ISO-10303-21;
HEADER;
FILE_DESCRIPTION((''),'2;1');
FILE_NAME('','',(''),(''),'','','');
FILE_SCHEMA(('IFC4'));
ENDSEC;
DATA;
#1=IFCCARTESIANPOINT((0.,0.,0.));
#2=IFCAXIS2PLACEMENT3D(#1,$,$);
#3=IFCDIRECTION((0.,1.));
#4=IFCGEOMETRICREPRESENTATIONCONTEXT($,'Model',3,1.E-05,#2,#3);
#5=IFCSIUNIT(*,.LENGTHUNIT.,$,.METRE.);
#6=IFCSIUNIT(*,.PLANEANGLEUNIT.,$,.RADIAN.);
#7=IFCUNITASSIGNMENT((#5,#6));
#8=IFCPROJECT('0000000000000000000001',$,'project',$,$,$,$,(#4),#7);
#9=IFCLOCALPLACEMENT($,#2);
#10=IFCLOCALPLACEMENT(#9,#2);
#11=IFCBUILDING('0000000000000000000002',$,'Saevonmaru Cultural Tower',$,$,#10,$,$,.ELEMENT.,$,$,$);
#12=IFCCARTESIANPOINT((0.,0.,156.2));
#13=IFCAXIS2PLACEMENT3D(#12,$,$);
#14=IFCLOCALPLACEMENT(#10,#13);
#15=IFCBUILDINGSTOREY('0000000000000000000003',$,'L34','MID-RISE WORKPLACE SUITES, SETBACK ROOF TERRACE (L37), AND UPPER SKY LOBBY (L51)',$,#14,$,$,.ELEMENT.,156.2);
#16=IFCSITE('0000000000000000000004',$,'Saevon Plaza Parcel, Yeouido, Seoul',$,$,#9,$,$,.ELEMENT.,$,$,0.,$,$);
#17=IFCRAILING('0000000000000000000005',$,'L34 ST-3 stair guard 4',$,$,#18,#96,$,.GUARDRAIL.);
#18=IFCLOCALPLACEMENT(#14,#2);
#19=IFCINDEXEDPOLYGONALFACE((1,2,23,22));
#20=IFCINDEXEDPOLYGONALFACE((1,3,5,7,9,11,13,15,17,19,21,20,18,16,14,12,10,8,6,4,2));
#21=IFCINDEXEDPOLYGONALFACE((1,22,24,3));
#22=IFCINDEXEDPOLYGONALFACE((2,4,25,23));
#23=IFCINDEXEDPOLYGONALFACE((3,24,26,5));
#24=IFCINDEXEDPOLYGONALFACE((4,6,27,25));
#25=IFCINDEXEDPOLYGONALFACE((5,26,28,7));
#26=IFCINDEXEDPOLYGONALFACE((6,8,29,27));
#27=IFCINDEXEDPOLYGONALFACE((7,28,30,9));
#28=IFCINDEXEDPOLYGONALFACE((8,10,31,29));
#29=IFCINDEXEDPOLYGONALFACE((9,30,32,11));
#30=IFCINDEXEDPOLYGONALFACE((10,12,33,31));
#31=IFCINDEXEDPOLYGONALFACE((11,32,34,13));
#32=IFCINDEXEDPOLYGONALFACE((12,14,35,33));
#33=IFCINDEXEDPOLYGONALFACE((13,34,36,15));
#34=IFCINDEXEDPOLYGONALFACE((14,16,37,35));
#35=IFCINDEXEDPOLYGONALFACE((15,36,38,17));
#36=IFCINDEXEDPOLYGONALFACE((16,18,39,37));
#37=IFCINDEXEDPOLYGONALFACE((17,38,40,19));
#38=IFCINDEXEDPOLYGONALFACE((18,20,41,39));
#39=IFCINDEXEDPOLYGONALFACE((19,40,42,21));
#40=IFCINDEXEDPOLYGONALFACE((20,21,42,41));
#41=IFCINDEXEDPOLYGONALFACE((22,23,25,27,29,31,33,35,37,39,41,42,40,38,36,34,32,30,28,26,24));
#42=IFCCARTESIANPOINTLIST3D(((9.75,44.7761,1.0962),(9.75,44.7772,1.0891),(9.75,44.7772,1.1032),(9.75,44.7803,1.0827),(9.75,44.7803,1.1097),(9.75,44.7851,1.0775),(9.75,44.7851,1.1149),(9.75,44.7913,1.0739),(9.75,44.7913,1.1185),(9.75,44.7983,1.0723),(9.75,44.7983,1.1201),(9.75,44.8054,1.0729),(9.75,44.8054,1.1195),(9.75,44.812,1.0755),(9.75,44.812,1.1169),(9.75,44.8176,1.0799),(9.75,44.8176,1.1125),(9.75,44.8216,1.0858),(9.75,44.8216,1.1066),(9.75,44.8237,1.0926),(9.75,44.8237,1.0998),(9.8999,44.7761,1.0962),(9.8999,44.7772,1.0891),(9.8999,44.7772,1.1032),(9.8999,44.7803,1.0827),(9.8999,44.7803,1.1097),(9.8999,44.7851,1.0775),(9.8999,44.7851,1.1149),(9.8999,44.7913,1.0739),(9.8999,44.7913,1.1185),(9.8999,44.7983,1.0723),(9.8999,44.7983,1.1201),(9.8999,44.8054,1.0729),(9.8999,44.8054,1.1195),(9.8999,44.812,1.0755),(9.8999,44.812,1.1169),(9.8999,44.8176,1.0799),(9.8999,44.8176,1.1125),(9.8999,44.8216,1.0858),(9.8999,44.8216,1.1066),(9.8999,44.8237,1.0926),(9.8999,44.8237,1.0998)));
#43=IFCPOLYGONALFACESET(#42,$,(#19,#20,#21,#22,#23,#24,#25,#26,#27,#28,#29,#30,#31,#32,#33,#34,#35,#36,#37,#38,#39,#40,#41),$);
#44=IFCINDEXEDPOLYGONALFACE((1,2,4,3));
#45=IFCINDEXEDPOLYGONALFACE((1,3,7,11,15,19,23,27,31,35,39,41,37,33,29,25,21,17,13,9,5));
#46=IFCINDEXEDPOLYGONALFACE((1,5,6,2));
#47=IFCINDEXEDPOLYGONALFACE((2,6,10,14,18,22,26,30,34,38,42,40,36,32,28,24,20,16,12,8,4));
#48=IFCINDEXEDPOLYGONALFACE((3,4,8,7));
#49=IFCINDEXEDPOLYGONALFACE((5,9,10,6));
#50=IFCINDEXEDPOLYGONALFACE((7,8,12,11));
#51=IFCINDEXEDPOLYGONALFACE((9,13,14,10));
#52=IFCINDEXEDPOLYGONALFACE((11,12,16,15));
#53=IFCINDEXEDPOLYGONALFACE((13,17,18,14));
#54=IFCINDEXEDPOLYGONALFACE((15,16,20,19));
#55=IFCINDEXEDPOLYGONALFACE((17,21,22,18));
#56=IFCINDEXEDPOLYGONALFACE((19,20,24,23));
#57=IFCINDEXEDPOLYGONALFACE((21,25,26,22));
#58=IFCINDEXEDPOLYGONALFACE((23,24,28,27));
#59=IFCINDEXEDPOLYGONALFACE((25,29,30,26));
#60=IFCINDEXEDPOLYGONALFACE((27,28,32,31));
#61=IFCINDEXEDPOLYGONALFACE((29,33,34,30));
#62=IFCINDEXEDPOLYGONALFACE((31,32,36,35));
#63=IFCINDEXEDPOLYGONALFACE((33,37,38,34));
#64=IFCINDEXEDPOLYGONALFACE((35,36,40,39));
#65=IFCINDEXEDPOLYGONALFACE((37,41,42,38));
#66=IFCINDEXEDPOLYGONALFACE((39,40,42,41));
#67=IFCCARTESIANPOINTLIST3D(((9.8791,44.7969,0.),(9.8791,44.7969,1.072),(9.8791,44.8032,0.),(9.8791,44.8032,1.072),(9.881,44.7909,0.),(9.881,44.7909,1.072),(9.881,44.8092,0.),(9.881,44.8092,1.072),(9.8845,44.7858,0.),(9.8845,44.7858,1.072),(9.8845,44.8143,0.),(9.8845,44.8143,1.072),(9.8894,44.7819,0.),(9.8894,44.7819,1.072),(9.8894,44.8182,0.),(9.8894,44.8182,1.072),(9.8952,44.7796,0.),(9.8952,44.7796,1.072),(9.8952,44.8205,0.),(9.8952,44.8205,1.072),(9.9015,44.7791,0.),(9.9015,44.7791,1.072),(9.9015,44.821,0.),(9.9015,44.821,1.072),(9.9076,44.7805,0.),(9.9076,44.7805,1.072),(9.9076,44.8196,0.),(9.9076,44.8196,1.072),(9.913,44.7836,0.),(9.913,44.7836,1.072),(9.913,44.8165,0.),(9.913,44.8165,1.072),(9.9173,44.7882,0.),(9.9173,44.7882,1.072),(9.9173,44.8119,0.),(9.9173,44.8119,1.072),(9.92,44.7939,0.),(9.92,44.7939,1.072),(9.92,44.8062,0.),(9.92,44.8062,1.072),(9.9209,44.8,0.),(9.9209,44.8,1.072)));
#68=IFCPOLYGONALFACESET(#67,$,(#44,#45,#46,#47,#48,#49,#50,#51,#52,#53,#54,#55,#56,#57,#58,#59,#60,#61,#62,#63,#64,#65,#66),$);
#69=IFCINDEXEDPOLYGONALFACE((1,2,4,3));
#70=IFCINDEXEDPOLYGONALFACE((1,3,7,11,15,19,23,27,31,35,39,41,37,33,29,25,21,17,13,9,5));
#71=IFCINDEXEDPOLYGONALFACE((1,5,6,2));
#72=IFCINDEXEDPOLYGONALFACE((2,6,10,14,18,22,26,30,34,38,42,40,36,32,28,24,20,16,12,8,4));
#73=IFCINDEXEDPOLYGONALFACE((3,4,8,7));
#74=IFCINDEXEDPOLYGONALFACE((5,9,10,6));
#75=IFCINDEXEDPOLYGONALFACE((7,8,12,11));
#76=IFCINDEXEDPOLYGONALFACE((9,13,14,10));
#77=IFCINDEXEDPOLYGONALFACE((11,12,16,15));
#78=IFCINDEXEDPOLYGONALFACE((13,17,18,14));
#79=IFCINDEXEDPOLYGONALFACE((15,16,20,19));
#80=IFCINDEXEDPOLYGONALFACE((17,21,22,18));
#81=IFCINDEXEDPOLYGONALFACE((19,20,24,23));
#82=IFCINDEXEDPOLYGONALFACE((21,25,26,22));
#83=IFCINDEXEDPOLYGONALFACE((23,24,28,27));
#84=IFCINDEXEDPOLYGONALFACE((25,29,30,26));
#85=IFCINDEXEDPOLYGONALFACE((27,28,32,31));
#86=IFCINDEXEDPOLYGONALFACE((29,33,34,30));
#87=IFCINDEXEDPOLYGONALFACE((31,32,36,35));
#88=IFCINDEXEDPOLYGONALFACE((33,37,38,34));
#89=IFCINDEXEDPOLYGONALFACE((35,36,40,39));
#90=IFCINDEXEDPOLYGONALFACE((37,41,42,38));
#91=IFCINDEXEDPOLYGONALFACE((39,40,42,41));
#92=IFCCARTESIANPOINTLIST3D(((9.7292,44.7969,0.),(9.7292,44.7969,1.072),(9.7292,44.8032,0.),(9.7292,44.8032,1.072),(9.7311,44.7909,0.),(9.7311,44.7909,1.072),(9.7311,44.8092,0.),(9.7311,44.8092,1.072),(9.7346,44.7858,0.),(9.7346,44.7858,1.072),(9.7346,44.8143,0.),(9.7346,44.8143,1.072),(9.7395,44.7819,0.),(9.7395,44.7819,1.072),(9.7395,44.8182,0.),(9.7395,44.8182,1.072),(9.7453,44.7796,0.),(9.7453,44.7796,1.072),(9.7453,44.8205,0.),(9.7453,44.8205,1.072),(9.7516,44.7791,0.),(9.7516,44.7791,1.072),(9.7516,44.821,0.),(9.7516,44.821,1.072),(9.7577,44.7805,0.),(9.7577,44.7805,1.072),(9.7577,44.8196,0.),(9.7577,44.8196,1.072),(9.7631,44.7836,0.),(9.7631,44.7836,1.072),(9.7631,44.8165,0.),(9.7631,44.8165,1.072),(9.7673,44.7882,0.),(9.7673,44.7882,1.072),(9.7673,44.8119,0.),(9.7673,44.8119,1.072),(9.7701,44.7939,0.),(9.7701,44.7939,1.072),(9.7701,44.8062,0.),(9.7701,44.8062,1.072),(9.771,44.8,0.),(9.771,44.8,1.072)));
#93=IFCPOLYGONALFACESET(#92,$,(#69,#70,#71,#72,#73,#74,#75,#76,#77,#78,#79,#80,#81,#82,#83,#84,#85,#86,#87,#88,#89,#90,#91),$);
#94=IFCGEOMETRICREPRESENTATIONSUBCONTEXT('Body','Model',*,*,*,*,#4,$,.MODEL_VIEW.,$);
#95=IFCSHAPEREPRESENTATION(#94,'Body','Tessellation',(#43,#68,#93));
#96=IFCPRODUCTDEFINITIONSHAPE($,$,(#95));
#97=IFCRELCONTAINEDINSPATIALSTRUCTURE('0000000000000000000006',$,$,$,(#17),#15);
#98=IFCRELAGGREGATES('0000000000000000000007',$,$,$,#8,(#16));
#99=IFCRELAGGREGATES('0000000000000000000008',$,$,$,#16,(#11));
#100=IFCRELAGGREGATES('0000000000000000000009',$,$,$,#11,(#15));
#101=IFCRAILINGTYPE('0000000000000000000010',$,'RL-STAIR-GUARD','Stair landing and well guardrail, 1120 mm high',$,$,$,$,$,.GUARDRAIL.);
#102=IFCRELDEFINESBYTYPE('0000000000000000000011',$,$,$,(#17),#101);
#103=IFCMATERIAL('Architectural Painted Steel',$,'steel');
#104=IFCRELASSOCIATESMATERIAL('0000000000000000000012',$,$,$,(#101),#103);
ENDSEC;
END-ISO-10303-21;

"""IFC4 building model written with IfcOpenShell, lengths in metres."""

from ifc_helpers import new_model, si_unit, direction, frame, origin, origin_2d, place, context, subcontext, project, spatial, circle, extrude, material, type_object, element, save


model = new_model("IFC4")

# Units and contexts
model_context = context("Model", 3, precision=1e-05, world=origin(), true_north=direction((0.0, 1.0)))
body_context = subcontext(model_context, "Body", "Model", "MODEL_VIEW")
ifc_project = project(units=[si_unit("LENGTHUNIT", "METRE"), si_unit("PLANEANGLEUNIT", "RADIAN")], contexts=[model_context])

# Site, building, storey
site_placement = place(None, origin())
site = spatial("IfcSite", under=ifc_project, at=site_placement, Name="Saevon Plaza Parcel, Yeouido, Seoul", CompositionType="ELEMENT", RefElevation=0.0)
building_placement = place(site_placement, origin())
building = spatial("IfcBuilding", under=site, at=building_placement, Name="Saevonmaru Cultural Tower", CompositionType="ELEMENT")
storey_placement = place(building_placement, frame((0.0, 0.0, 156.2)))
storey = spatial("IfcBuildingStorey", under=building, at=storey_placement, Name="L34", Description="MID-RISE WORKPLACE SUITES, SETBACK ROOF TERRACE (L37), AND UPPER SKY LOBBY (L51)", CompositionType="ELEMENT", Elevation=156.2)

# Railing
ifc_material_1 = material(Name="Architectural Painted Steel", Category="steel")
railing_type_1 = type_object("IfcRailingType", Name="RL-STAIR-GUARD", Description="Stair landing and well guardrail, 1120 mm high", PredefinedType="GUARDRAIL", material=ifc_material_1)
railing_1_placement = place(storey_placement, frame((9.8999, 44.8, 0.0)))
element("IfcRailing", 1, at=railing_1_placement, inside=storey, type_object=railing_type_1, Name="L34 ST-3 stair guard 4", PredefinedType="GUARDRAIL", context=body_context, shape_type="SweptSolid", body=[
    extrude(circle(Radius=0.0239, at=origin_2d()), frame((0.0, 0.0, 1.0962), z_axis=(-1.0, 0.0, 0.0), x_axis=(0.0, -1.0, 0.0)), (0.0, 0.0, 1.0), 0.1499),
    extrude(circle(Radius=0.021, at=origin_2d()), origin(), (0.0, 0.0, 1.0), 1.072),
    extrude(circle(Radius=0.021, at=origin_2d()), frame((-0.1499, 0.0, 0.0)), (0.0, 0.0, 1.0), 1.072),
])

save(model, "model.ifc")
